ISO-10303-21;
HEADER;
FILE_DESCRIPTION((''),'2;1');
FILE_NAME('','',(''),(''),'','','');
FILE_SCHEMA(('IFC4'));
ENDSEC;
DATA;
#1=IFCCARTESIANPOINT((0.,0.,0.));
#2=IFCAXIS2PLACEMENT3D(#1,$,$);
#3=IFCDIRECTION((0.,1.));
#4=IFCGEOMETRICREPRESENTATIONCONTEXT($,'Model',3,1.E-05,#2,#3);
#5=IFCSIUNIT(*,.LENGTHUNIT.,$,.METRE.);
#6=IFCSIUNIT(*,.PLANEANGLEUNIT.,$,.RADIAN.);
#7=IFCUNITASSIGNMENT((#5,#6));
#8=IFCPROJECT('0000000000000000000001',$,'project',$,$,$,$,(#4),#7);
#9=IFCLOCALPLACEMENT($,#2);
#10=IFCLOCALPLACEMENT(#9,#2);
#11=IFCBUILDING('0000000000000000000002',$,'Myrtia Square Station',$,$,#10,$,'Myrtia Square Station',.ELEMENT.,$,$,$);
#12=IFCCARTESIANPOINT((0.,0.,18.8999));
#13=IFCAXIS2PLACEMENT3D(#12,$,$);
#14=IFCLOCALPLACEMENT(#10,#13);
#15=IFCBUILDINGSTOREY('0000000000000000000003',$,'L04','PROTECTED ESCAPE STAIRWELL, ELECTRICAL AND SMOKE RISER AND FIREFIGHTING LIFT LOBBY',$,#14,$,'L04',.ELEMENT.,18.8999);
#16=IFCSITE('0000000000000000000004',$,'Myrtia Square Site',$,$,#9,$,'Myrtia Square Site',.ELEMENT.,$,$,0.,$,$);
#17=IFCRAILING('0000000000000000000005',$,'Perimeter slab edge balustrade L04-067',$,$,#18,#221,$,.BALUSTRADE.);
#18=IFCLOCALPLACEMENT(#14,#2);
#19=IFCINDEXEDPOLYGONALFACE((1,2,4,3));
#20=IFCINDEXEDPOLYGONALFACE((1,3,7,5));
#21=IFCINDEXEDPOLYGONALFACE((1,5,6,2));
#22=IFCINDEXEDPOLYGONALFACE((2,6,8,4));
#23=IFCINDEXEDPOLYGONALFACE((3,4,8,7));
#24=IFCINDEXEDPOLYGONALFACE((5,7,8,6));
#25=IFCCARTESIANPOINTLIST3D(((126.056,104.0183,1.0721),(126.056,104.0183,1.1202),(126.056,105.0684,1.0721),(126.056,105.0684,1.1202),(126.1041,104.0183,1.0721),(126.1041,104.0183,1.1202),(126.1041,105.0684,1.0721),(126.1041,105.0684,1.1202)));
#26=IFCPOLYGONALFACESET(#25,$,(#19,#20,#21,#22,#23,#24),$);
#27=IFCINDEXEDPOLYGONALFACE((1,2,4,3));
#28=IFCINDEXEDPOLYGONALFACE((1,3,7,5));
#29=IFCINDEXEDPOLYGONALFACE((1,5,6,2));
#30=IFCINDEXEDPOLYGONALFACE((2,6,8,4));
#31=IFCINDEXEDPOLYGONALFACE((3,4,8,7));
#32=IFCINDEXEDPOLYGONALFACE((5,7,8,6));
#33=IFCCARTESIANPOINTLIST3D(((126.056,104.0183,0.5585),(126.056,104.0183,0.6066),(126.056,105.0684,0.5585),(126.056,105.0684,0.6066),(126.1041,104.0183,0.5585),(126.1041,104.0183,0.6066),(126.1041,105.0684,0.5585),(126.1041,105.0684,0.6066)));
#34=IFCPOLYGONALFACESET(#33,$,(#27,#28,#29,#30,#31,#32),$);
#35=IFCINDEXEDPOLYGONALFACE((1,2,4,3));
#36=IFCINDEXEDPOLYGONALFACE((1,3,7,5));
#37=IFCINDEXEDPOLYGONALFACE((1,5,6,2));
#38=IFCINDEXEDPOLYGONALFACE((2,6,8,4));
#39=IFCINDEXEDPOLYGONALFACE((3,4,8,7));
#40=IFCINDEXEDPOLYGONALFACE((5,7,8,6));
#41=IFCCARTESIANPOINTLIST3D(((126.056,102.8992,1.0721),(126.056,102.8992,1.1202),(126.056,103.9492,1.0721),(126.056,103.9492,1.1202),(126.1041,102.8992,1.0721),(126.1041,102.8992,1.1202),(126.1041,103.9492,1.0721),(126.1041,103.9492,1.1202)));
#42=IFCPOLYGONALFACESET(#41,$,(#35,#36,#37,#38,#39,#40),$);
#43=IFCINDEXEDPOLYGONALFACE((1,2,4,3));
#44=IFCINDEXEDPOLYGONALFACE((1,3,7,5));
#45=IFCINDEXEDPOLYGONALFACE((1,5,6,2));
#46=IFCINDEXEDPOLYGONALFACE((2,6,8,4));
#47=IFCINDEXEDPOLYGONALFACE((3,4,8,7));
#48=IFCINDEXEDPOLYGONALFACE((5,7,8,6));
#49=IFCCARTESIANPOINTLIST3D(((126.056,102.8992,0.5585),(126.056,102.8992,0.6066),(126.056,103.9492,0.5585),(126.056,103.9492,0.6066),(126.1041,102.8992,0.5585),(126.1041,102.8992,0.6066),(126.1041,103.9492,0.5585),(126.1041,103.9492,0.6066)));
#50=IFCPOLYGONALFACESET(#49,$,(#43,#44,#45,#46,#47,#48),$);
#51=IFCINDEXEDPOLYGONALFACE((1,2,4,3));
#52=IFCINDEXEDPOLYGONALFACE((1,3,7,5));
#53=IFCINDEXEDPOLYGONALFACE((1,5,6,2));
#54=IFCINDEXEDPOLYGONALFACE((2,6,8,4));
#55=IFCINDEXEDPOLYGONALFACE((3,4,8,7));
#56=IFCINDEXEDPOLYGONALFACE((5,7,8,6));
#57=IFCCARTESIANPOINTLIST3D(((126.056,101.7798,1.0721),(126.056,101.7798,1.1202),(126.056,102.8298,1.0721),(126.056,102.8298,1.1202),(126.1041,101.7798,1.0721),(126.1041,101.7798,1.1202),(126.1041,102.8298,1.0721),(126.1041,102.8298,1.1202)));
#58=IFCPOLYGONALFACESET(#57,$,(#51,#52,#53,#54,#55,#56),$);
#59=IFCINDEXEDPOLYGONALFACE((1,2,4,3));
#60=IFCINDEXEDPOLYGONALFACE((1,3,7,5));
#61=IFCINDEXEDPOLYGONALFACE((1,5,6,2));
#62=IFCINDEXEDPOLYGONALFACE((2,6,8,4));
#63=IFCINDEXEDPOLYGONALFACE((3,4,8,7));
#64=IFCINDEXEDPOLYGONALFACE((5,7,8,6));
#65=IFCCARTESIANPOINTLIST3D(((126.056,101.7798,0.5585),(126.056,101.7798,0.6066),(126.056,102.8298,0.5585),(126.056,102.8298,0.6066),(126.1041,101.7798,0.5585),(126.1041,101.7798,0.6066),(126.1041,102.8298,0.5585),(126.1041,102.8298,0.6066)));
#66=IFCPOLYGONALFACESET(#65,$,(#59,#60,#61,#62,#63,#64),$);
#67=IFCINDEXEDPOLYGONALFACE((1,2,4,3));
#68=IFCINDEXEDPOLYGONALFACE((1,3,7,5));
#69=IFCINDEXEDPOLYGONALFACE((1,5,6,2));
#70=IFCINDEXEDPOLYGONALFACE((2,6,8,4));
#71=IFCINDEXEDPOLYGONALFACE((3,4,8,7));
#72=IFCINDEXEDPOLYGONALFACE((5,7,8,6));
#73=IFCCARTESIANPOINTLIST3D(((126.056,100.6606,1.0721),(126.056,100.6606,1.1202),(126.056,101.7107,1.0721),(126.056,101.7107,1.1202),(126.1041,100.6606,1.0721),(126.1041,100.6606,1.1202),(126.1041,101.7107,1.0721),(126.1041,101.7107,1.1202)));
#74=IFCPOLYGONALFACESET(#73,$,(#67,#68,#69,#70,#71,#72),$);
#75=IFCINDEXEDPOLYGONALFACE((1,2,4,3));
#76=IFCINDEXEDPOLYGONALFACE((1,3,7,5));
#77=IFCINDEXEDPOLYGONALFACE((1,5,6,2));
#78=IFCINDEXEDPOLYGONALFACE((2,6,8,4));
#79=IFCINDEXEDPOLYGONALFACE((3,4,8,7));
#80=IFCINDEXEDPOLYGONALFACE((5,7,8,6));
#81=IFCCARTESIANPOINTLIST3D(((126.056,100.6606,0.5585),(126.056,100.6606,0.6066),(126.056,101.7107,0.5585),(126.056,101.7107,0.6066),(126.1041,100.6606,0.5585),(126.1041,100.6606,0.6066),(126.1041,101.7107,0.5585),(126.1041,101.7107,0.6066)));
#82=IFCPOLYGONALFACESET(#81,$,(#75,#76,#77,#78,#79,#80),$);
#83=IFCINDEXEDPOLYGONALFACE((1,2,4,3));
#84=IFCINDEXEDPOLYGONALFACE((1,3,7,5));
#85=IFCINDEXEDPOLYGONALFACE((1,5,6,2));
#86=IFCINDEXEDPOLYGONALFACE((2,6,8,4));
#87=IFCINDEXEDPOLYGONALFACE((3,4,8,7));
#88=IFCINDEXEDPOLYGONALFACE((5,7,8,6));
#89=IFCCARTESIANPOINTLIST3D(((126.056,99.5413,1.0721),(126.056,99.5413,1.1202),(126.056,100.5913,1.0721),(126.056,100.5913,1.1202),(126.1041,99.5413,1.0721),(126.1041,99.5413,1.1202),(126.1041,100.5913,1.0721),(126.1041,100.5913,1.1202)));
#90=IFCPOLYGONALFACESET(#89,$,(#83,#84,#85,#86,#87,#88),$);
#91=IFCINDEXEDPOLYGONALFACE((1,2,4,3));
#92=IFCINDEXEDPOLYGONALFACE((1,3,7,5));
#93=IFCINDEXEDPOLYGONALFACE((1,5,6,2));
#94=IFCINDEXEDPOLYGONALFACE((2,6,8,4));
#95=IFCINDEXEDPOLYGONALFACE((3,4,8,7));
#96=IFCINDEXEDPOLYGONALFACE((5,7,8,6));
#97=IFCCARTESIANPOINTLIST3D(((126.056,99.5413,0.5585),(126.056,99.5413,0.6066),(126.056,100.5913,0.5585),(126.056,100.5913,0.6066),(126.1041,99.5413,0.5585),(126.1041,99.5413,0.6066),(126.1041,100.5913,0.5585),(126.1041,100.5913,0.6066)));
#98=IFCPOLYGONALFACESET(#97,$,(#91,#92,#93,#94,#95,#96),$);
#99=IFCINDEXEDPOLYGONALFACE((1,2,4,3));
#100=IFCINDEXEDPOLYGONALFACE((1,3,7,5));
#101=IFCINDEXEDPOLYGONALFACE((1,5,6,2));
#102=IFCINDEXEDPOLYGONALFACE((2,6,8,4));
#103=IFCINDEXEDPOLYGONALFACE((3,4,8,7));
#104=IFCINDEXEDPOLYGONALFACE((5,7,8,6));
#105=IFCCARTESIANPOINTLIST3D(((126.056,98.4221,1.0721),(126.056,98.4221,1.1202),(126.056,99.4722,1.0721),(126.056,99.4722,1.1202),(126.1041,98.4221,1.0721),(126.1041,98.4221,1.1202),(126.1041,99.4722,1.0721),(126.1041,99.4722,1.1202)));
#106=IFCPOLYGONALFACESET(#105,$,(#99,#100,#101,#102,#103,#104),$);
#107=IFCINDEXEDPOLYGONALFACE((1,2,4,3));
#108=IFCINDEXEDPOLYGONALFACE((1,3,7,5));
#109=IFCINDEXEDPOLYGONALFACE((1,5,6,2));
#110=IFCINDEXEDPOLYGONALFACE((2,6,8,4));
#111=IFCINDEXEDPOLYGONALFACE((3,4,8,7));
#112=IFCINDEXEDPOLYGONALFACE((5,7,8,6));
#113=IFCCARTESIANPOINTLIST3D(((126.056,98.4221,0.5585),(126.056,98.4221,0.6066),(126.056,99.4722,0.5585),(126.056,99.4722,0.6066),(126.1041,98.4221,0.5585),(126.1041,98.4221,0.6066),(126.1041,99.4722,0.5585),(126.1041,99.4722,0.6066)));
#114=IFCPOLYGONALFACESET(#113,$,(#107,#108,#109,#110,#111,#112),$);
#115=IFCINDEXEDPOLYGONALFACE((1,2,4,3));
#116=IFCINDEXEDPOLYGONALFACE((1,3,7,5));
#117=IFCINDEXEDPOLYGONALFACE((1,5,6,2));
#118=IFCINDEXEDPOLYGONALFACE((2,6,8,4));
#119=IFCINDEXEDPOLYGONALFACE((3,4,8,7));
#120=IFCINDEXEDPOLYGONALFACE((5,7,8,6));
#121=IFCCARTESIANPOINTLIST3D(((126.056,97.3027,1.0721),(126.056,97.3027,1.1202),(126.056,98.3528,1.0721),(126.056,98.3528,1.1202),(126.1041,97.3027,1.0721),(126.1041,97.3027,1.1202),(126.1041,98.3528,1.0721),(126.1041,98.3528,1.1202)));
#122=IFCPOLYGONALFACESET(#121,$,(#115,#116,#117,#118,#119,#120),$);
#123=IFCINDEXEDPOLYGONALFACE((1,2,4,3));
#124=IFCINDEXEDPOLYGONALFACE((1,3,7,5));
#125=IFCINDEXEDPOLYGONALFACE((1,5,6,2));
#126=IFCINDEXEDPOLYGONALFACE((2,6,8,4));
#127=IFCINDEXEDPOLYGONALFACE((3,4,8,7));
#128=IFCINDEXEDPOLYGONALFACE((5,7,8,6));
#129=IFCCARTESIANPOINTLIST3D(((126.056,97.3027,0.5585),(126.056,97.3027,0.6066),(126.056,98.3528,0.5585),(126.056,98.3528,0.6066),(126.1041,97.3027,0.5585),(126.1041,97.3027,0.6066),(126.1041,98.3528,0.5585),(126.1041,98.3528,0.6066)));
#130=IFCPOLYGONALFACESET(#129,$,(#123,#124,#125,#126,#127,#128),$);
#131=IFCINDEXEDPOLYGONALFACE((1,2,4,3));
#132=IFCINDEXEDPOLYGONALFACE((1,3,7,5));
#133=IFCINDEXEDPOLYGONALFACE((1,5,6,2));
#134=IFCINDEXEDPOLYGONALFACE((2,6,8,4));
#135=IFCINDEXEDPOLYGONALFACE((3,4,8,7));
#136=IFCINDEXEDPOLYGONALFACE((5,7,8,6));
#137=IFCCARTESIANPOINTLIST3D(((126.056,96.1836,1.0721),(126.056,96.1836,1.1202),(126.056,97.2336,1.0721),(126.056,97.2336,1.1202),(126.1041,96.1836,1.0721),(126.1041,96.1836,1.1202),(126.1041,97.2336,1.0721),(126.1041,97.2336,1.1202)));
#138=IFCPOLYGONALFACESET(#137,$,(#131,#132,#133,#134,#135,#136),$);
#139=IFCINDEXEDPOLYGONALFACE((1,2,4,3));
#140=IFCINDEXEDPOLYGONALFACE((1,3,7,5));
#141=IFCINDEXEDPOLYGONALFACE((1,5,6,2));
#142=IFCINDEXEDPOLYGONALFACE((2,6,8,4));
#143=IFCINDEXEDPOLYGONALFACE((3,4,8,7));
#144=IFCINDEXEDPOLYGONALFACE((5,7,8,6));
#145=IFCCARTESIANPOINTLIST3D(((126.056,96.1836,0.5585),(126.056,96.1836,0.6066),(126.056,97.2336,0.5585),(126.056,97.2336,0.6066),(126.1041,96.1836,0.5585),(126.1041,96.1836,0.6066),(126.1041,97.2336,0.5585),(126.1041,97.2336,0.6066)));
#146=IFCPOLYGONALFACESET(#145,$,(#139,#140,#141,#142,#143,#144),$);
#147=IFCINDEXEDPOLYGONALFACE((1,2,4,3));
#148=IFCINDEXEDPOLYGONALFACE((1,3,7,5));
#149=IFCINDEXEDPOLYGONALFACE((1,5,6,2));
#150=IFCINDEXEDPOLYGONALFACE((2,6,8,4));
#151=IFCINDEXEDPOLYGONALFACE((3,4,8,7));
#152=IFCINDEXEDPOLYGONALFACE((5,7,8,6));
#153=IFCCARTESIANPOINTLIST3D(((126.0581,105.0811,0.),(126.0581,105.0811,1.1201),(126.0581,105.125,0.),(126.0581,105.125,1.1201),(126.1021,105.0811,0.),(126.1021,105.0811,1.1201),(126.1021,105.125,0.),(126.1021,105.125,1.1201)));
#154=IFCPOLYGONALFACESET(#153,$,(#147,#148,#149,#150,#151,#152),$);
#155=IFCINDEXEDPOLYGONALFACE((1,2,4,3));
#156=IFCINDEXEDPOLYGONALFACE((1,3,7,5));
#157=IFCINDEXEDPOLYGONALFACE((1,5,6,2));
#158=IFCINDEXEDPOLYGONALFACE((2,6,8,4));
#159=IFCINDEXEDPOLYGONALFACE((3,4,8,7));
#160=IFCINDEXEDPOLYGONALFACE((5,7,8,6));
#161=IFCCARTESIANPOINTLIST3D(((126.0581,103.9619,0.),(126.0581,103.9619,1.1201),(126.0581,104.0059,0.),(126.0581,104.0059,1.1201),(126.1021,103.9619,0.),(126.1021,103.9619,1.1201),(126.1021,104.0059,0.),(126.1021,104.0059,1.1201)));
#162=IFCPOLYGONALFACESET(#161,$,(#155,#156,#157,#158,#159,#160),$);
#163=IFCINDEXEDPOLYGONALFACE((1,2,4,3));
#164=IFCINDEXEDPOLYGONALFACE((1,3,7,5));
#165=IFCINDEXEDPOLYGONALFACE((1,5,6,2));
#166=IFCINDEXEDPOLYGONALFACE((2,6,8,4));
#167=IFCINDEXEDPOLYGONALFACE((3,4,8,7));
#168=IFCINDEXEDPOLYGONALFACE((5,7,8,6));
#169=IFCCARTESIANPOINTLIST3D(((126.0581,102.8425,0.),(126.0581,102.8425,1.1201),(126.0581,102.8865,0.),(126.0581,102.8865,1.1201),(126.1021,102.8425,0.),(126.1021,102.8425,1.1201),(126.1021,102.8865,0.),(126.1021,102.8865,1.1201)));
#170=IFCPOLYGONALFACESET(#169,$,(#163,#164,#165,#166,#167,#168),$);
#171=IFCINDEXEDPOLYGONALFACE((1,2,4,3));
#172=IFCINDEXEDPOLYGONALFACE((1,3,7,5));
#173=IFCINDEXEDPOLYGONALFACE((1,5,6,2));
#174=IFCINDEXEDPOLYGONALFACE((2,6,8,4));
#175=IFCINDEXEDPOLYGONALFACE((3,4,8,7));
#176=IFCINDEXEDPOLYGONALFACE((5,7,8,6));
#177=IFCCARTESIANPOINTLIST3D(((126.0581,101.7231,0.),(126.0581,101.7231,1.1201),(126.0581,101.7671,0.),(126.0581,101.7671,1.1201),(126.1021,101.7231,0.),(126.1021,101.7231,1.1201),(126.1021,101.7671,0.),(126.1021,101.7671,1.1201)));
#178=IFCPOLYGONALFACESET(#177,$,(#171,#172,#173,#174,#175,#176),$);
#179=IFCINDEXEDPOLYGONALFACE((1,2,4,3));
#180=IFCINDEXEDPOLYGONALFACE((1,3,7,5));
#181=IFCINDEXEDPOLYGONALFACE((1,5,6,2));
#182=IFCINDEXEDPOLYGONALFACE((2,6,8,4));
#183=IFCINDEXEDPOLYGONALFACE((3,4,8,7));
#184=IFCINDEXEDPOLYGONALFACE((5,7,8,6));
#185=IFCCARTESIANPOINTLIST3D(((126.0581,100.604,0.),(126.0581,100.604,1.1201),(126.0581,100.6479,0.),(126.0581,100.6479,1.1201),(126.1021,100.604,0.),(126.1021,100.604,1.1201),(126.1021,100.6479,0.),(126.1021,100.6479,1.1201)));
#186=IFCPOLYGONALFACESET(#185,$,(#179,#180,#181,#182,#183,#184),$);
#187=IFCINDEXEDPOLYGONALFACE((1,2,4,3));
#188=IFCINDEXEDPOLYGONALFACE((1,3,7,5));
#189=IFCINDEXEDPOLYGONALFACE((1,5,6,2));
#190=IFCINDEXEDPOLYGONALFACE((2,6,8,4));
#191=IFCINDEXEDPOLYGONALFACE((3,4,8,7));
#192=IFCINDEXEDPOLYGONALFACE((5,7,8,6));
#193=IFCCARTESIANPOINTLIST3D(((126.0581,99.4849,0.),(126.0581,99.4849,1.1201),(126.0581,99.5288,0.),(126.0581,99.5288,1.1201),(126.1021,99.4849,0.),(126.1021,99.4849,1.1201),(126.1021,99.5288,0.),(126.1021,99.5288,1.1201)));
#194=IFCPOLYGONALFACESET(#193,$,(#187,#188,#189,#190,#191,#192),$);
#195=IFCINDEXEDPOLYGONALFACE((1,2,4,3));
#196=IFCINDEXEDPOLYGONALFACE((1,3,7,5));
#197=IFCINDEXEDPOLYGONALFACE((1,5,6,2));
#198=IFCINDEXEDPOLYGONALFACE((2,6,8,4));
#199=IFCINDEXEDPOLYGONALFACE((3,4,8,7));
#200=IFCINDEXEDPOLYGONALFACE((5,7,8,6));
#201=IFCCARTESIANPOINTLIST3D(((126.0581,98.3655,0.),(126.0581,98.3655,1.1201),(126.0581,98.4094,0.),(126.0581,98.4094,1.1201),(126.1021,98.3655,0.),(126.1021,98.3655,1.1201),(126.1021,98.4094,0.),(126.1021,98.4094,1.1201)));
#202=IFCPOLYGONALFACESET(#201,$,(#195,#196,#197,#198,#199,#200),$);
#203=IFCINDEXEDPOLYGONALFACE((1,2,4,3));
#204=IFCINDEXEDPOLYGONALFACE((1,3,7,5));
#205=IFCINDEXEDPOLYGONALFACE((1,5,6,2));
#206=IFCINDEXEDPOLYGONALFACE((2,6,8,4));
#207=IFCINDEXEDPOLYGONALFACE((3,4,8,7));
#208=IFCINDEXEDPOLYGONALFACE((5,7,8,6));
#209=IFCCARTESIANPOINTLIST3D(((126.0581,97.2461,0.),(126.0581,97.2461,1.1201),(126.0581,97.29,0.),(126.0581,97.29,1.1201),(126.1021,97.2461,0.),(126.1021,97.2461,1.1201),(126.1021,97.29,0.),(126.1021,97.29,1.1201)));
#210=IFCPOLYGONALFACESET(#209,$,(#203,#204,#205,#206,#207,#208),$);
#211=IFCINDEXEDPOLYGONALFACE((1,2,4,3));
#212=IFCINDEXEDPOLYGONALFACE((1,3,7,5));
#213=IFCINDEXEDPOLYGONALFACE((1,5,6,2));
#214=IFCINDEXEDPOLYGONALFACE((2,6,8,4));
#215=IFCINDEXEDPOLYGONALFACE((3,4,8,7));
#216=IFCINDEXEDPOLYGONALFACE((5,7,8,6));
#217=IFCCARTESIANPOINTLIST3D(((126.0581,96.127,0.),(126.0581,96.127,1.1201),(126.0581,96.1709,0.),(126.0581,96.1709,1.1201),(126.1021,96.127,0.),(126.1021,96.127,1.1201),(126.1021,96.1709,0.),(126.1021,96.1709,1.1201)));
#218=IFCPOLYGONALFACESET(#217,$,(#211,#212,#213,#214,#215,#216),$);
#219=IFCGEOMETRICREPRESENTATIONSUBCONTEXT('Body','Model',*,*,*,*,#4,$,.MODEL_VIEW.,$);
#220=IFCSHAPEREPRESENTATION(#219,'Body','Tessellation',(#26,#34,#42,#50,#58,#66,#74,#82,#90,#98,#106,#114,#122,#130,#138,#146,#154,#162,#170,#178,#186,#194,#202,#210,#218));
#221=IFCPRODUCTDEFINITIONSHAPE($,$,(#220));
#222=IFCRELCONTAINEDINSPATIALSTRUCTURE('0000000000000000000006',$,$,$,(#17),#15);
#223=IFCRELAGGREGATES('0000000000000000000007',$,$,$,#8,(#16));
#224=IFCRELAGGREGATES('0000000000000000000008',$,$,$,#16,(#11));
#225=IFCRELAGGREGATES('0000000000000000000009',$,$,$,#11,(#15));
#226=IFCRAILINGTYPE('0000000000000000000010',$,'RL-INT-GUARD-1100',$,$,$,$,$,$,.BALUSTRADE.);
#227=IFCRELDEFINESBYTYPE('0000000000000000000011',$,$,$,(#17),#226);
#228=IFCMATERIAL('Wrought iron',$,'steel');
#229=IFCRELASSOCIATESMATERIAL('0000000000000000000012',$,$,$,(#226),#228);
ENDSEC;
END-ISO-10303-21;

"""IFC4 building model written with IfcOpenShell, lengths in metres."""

from ifc_helpers import new_model, si_unit, direction, frame, origin, origin_2d, place, context, subcontext, project, spatial, rectangle, extrude, material, type_object, element, save


model = new_model("IFC4")

# Units and contexts
model_context = context("Model", 3, precision=1e-05, world=origin(), true_north=direction((0.0, 1.0)))
body_context = subcontext(model_context, "Body", "Model", "MODEL_VIEW")
ifc_project = project(units=[si_unit("LENGTHUNIT", "METRE"), si_unit("PLANEANGLEUNIT", "RADIAN")], contexts=[model_context])

# Site, building, storey
site_placement = place(None, origin())
site = spatial("IfcSite", under=ifc_project, at=site_placement, Name="Myrtia Square Site", LongName="Myrtia Square Site", CompositionType="ELEMENT", RefElevation=0.0)
building_placement = place(site_placement, origin())
building = spatial("IfcBuilding", under=site, at=building_placement, Name="Myrtia Square Station", LongName="Myrtia Square Station", CompositionType="ELEMENT")
storey_placement = place(building_placement, frame((0.0, 0.0, 18.8999)))
storey = spatial("IfcBuildingStorey", under=building, at=storey_placement, Name="L04", Description="PROTECTED ESCAPE STAIRWELL, ELECTRICAL AND SMOKE RISER AND FIREFIGHTING LIFT LOBBY", LongName="L04", CompositionType="ELEMENT", Elevation=18.8999)

# Railing
ifc_material_1 = material(Name="Wrought iron", Category="steel")
railing_type = type_object("IfcRailingType", Name="RL-INT-GUARD-1100", PredefinedType="BALUSTRADE", material=ifc_material_1)
railing_1_placement = place(storey_placement, frame((126.0801, 105.103, 0.0)))
element("IfcRailing", 1, at=railing_1_placement, inside=storey, type_object=railing_type, Name="Perimeter slab edge balustrade L04-067", PredefinedType="BALUSTRADE", context=body_context, shape_type="SweptSolid", body=[
    extrude(rectangle(XDim=0.0481, YDim=0.0481, at=origin_2d()), frame((0.0, -0.0347, 1.0962), z_axis=(0.0, -1.0, 0.0), x_axis=(1.0, 0.0, 0.0)), (0.0, 0.0, 1.0), 1.05),
    extrude(rectangle(XDim=0.0481, YDim=0.0481, at=origin_2d()), frame((0.0, -0.0347, 0.5825), z_axis=(0.0, -1.0, 0.0), x_axis=(1.0, 0.0, 0.0)), (0.0, 0.0, 1.0), 1.05),
    extrude(rectangle(XDim=0.0481, YDim=0.0481, at=origin_2d()), frame((0.0, -1.1538, 1.0962), z_axis=(0.0, -1.0, 0.0), x_axis=(1.0, 0.0, 0.0)), (0.0, 0.0, 1.0), 1.05),
    extrude(rectangle(XDim=0.0481, YDim=0.0481, at=origin_2d()), frame((0.0, -1.1538, 0.5825), z_axis=(0.0, -1.0, 0.0), x_axis=(1.0, 0.0, 0.0)), (0.0, 0.0, 1.0), 1.05),
    extrude(rectangle(XDim=0.0481, YDim=0.0481, at=origin_2d()), frame((0.0, -2.2732, 1.0962), z_axis=(0.0, -1.0, 0.0), x_axis=(1.0, 0.0, 0.0)), (0.0, 0.0, 1.0), 1.05),
    extrude(rectangle(XDim=0.0481, YDim=0.0481, at=origin_2d()), frame((0.0, -2.2732, 0.5825), z_axis=(0.0, -1.0, 0.0), x_axis=(1.0, 0.0, 0.0)), (0.0, 0.0, 1.0), 1.05),
    extrude(rectangle(XDim=0.0481, YDim=0.0481, at=origin_2d()), frame((0.0, -3.3923, 1.0962), z_axis=(0.0, -1.0, 0.0), x_axis=(1.0, 0.0, 0.0)), (0.0, 0.0, 1.0), 1.05),
    extrude(rectangle(XDim=0.0481, YDim=0.0481, at=origin_2d()), frame((0.0, -3.3923, 0.5825), z_axis=(0.0, -1.0, 0.0), x_axis=(1.0, 0.0, 0.0)), (0.0, 0.0, 1.0), 1.05),
    extrude(rectangle(XDim=0.0481, YDim=0.0481, at=origin_2d()), frame((0.0, -4.5117, 1.0962), z_axis=(0.0, -1.0, 0.0), x_axis=(1.0, 0.0, 0.0)), (0.0, 0.0, 1.0), 1.05),
    extrude(rectangle(XDim=0.0481, YDim=0.0481, at=origin_2d()), frame((0.0, -4.5117, 0.5825), z_axis=(0.0, -1.0, 0.0), x_axis=(1.0, 0.0, 0.0)), (0.0, 0.0, 1.0), 1.05),
    extrude(rectangle(XDim=0.0481, YDim=0.0481, at=origin_2d()), frame((0.0, -5.6309, 1.0962), z_axis=(0.0, -1.0, 0.0), x_axis=(1.0, 0.0, 0.0)), (0.0, 0.0, 1.0), 1.05),
    extrude(rectangle(XDim=0.0481, YDim=0.0481, at=origin_2d()), frame((0.0, -5.6309, 0.5825), z_axis=(0.0, -1.0, 0.0), x_axis=(1.0, 0.0, 0.0)), (0.0, 0.0, 1.0), 1.05),
    extrude(rectangle(XDim=0.0481, YDim=0.0481, at=origin_2d()), frame((0.0, -6.7502, 1.0962), z_axis=(0.0, -1.0, 0.0), x_axis=(1.0, 0.0, 0.0)), (0.0, 0.0, 1.0), 1.05),
    extrude(rectangle(XDim=0.0481, YDim=0.0481, at=origin_2d()), frame((0.0, -6.7502, 0.5825), z_axis=(0.0, -1.0, 0.0), x_axis=(1.0, 0.0, 0.0)), (0.0, 0.0, 1.0), 1.05),
    extrude(rectangle(XDim=0.0481, YDim=0.0481, at=origin_2d()), frame((0.0, -7.8694, 1.0962), z_axis=(0.0, -1.0, 0.0), x_axis=(1.0, 0.0, 0.0)), (0.0, 0.0, 1.0), 1.05),
    extrude(rectangle(XDim=0.0481, YDim=0.0481, at=origin_2d()), frame((0.0, -7.8694, 0.5825), z_axis=(0.0, -1.0, 0.0), x_axis=(1.0, 0.0, 0.0)), (0.0, 0.0, 1.0), 1.05),
    extrude(rectangle(XDim=0.0439, YDim=0.0439, at=origin_2d()), origin(), (0.0, 0.0, 1.0), 1.1201),
    extrude(rectangle(XDim=0.0439, YDim=0.0439, at=origin_2d()), frame((0.0, -1.1191, 0.0)), (0.0, 0.0, 1.0), 1.1201),
    extrude(rectangle(XDim=0.0439, YDim=0.0439, at=origin_2d()), frame((0.0, -2.2385, 0.0)), (0.0, 0.0, 1.0), 1.1201),
    extrude(rectangle(XDim=0.0439, YDim=0.0439, at=origin_2d()), frame((0.0, -3.3579, 0.0)), (0.0, 0.0, 1.0), 1.1201),
    extrude(rectangle(XDim=0.0439, YDim=0.0439, at=origin_2d()), frame((0.0, -4.4771, 0.0)), (0.0, 0.0, 1.0), 1.1201),
    extrude(rectangle(XDim=0.0439, YDim=0.0439, at=origin_2d()), frame((0.0, -5.5962, 0.0)), (0.0, 0.0, 1.0), 1.1201),
    extrude(rectangle(XDim=0.0439, YDim=0.0439, at=origin_2d()), frame((0.0, -6.7156, 0.0)), (0.0, 0.0, 1.0), 1.1201),
    extrude(rectangle(XDim=0.0439, YDim=0.0439, at=origin_2d()), frame((0.0, -7.835, 0.0)), (0.0, 0.0, 1.0), 1.1201),
    extrude(rectangle(XDim=0.0439, YDim=0.0439, at=origin_2d()), frame((0.0, -8.9541, 0.0)), (0.0, 0.0, 1.0), 1.1201),
])

save(model, "model.ifc")
